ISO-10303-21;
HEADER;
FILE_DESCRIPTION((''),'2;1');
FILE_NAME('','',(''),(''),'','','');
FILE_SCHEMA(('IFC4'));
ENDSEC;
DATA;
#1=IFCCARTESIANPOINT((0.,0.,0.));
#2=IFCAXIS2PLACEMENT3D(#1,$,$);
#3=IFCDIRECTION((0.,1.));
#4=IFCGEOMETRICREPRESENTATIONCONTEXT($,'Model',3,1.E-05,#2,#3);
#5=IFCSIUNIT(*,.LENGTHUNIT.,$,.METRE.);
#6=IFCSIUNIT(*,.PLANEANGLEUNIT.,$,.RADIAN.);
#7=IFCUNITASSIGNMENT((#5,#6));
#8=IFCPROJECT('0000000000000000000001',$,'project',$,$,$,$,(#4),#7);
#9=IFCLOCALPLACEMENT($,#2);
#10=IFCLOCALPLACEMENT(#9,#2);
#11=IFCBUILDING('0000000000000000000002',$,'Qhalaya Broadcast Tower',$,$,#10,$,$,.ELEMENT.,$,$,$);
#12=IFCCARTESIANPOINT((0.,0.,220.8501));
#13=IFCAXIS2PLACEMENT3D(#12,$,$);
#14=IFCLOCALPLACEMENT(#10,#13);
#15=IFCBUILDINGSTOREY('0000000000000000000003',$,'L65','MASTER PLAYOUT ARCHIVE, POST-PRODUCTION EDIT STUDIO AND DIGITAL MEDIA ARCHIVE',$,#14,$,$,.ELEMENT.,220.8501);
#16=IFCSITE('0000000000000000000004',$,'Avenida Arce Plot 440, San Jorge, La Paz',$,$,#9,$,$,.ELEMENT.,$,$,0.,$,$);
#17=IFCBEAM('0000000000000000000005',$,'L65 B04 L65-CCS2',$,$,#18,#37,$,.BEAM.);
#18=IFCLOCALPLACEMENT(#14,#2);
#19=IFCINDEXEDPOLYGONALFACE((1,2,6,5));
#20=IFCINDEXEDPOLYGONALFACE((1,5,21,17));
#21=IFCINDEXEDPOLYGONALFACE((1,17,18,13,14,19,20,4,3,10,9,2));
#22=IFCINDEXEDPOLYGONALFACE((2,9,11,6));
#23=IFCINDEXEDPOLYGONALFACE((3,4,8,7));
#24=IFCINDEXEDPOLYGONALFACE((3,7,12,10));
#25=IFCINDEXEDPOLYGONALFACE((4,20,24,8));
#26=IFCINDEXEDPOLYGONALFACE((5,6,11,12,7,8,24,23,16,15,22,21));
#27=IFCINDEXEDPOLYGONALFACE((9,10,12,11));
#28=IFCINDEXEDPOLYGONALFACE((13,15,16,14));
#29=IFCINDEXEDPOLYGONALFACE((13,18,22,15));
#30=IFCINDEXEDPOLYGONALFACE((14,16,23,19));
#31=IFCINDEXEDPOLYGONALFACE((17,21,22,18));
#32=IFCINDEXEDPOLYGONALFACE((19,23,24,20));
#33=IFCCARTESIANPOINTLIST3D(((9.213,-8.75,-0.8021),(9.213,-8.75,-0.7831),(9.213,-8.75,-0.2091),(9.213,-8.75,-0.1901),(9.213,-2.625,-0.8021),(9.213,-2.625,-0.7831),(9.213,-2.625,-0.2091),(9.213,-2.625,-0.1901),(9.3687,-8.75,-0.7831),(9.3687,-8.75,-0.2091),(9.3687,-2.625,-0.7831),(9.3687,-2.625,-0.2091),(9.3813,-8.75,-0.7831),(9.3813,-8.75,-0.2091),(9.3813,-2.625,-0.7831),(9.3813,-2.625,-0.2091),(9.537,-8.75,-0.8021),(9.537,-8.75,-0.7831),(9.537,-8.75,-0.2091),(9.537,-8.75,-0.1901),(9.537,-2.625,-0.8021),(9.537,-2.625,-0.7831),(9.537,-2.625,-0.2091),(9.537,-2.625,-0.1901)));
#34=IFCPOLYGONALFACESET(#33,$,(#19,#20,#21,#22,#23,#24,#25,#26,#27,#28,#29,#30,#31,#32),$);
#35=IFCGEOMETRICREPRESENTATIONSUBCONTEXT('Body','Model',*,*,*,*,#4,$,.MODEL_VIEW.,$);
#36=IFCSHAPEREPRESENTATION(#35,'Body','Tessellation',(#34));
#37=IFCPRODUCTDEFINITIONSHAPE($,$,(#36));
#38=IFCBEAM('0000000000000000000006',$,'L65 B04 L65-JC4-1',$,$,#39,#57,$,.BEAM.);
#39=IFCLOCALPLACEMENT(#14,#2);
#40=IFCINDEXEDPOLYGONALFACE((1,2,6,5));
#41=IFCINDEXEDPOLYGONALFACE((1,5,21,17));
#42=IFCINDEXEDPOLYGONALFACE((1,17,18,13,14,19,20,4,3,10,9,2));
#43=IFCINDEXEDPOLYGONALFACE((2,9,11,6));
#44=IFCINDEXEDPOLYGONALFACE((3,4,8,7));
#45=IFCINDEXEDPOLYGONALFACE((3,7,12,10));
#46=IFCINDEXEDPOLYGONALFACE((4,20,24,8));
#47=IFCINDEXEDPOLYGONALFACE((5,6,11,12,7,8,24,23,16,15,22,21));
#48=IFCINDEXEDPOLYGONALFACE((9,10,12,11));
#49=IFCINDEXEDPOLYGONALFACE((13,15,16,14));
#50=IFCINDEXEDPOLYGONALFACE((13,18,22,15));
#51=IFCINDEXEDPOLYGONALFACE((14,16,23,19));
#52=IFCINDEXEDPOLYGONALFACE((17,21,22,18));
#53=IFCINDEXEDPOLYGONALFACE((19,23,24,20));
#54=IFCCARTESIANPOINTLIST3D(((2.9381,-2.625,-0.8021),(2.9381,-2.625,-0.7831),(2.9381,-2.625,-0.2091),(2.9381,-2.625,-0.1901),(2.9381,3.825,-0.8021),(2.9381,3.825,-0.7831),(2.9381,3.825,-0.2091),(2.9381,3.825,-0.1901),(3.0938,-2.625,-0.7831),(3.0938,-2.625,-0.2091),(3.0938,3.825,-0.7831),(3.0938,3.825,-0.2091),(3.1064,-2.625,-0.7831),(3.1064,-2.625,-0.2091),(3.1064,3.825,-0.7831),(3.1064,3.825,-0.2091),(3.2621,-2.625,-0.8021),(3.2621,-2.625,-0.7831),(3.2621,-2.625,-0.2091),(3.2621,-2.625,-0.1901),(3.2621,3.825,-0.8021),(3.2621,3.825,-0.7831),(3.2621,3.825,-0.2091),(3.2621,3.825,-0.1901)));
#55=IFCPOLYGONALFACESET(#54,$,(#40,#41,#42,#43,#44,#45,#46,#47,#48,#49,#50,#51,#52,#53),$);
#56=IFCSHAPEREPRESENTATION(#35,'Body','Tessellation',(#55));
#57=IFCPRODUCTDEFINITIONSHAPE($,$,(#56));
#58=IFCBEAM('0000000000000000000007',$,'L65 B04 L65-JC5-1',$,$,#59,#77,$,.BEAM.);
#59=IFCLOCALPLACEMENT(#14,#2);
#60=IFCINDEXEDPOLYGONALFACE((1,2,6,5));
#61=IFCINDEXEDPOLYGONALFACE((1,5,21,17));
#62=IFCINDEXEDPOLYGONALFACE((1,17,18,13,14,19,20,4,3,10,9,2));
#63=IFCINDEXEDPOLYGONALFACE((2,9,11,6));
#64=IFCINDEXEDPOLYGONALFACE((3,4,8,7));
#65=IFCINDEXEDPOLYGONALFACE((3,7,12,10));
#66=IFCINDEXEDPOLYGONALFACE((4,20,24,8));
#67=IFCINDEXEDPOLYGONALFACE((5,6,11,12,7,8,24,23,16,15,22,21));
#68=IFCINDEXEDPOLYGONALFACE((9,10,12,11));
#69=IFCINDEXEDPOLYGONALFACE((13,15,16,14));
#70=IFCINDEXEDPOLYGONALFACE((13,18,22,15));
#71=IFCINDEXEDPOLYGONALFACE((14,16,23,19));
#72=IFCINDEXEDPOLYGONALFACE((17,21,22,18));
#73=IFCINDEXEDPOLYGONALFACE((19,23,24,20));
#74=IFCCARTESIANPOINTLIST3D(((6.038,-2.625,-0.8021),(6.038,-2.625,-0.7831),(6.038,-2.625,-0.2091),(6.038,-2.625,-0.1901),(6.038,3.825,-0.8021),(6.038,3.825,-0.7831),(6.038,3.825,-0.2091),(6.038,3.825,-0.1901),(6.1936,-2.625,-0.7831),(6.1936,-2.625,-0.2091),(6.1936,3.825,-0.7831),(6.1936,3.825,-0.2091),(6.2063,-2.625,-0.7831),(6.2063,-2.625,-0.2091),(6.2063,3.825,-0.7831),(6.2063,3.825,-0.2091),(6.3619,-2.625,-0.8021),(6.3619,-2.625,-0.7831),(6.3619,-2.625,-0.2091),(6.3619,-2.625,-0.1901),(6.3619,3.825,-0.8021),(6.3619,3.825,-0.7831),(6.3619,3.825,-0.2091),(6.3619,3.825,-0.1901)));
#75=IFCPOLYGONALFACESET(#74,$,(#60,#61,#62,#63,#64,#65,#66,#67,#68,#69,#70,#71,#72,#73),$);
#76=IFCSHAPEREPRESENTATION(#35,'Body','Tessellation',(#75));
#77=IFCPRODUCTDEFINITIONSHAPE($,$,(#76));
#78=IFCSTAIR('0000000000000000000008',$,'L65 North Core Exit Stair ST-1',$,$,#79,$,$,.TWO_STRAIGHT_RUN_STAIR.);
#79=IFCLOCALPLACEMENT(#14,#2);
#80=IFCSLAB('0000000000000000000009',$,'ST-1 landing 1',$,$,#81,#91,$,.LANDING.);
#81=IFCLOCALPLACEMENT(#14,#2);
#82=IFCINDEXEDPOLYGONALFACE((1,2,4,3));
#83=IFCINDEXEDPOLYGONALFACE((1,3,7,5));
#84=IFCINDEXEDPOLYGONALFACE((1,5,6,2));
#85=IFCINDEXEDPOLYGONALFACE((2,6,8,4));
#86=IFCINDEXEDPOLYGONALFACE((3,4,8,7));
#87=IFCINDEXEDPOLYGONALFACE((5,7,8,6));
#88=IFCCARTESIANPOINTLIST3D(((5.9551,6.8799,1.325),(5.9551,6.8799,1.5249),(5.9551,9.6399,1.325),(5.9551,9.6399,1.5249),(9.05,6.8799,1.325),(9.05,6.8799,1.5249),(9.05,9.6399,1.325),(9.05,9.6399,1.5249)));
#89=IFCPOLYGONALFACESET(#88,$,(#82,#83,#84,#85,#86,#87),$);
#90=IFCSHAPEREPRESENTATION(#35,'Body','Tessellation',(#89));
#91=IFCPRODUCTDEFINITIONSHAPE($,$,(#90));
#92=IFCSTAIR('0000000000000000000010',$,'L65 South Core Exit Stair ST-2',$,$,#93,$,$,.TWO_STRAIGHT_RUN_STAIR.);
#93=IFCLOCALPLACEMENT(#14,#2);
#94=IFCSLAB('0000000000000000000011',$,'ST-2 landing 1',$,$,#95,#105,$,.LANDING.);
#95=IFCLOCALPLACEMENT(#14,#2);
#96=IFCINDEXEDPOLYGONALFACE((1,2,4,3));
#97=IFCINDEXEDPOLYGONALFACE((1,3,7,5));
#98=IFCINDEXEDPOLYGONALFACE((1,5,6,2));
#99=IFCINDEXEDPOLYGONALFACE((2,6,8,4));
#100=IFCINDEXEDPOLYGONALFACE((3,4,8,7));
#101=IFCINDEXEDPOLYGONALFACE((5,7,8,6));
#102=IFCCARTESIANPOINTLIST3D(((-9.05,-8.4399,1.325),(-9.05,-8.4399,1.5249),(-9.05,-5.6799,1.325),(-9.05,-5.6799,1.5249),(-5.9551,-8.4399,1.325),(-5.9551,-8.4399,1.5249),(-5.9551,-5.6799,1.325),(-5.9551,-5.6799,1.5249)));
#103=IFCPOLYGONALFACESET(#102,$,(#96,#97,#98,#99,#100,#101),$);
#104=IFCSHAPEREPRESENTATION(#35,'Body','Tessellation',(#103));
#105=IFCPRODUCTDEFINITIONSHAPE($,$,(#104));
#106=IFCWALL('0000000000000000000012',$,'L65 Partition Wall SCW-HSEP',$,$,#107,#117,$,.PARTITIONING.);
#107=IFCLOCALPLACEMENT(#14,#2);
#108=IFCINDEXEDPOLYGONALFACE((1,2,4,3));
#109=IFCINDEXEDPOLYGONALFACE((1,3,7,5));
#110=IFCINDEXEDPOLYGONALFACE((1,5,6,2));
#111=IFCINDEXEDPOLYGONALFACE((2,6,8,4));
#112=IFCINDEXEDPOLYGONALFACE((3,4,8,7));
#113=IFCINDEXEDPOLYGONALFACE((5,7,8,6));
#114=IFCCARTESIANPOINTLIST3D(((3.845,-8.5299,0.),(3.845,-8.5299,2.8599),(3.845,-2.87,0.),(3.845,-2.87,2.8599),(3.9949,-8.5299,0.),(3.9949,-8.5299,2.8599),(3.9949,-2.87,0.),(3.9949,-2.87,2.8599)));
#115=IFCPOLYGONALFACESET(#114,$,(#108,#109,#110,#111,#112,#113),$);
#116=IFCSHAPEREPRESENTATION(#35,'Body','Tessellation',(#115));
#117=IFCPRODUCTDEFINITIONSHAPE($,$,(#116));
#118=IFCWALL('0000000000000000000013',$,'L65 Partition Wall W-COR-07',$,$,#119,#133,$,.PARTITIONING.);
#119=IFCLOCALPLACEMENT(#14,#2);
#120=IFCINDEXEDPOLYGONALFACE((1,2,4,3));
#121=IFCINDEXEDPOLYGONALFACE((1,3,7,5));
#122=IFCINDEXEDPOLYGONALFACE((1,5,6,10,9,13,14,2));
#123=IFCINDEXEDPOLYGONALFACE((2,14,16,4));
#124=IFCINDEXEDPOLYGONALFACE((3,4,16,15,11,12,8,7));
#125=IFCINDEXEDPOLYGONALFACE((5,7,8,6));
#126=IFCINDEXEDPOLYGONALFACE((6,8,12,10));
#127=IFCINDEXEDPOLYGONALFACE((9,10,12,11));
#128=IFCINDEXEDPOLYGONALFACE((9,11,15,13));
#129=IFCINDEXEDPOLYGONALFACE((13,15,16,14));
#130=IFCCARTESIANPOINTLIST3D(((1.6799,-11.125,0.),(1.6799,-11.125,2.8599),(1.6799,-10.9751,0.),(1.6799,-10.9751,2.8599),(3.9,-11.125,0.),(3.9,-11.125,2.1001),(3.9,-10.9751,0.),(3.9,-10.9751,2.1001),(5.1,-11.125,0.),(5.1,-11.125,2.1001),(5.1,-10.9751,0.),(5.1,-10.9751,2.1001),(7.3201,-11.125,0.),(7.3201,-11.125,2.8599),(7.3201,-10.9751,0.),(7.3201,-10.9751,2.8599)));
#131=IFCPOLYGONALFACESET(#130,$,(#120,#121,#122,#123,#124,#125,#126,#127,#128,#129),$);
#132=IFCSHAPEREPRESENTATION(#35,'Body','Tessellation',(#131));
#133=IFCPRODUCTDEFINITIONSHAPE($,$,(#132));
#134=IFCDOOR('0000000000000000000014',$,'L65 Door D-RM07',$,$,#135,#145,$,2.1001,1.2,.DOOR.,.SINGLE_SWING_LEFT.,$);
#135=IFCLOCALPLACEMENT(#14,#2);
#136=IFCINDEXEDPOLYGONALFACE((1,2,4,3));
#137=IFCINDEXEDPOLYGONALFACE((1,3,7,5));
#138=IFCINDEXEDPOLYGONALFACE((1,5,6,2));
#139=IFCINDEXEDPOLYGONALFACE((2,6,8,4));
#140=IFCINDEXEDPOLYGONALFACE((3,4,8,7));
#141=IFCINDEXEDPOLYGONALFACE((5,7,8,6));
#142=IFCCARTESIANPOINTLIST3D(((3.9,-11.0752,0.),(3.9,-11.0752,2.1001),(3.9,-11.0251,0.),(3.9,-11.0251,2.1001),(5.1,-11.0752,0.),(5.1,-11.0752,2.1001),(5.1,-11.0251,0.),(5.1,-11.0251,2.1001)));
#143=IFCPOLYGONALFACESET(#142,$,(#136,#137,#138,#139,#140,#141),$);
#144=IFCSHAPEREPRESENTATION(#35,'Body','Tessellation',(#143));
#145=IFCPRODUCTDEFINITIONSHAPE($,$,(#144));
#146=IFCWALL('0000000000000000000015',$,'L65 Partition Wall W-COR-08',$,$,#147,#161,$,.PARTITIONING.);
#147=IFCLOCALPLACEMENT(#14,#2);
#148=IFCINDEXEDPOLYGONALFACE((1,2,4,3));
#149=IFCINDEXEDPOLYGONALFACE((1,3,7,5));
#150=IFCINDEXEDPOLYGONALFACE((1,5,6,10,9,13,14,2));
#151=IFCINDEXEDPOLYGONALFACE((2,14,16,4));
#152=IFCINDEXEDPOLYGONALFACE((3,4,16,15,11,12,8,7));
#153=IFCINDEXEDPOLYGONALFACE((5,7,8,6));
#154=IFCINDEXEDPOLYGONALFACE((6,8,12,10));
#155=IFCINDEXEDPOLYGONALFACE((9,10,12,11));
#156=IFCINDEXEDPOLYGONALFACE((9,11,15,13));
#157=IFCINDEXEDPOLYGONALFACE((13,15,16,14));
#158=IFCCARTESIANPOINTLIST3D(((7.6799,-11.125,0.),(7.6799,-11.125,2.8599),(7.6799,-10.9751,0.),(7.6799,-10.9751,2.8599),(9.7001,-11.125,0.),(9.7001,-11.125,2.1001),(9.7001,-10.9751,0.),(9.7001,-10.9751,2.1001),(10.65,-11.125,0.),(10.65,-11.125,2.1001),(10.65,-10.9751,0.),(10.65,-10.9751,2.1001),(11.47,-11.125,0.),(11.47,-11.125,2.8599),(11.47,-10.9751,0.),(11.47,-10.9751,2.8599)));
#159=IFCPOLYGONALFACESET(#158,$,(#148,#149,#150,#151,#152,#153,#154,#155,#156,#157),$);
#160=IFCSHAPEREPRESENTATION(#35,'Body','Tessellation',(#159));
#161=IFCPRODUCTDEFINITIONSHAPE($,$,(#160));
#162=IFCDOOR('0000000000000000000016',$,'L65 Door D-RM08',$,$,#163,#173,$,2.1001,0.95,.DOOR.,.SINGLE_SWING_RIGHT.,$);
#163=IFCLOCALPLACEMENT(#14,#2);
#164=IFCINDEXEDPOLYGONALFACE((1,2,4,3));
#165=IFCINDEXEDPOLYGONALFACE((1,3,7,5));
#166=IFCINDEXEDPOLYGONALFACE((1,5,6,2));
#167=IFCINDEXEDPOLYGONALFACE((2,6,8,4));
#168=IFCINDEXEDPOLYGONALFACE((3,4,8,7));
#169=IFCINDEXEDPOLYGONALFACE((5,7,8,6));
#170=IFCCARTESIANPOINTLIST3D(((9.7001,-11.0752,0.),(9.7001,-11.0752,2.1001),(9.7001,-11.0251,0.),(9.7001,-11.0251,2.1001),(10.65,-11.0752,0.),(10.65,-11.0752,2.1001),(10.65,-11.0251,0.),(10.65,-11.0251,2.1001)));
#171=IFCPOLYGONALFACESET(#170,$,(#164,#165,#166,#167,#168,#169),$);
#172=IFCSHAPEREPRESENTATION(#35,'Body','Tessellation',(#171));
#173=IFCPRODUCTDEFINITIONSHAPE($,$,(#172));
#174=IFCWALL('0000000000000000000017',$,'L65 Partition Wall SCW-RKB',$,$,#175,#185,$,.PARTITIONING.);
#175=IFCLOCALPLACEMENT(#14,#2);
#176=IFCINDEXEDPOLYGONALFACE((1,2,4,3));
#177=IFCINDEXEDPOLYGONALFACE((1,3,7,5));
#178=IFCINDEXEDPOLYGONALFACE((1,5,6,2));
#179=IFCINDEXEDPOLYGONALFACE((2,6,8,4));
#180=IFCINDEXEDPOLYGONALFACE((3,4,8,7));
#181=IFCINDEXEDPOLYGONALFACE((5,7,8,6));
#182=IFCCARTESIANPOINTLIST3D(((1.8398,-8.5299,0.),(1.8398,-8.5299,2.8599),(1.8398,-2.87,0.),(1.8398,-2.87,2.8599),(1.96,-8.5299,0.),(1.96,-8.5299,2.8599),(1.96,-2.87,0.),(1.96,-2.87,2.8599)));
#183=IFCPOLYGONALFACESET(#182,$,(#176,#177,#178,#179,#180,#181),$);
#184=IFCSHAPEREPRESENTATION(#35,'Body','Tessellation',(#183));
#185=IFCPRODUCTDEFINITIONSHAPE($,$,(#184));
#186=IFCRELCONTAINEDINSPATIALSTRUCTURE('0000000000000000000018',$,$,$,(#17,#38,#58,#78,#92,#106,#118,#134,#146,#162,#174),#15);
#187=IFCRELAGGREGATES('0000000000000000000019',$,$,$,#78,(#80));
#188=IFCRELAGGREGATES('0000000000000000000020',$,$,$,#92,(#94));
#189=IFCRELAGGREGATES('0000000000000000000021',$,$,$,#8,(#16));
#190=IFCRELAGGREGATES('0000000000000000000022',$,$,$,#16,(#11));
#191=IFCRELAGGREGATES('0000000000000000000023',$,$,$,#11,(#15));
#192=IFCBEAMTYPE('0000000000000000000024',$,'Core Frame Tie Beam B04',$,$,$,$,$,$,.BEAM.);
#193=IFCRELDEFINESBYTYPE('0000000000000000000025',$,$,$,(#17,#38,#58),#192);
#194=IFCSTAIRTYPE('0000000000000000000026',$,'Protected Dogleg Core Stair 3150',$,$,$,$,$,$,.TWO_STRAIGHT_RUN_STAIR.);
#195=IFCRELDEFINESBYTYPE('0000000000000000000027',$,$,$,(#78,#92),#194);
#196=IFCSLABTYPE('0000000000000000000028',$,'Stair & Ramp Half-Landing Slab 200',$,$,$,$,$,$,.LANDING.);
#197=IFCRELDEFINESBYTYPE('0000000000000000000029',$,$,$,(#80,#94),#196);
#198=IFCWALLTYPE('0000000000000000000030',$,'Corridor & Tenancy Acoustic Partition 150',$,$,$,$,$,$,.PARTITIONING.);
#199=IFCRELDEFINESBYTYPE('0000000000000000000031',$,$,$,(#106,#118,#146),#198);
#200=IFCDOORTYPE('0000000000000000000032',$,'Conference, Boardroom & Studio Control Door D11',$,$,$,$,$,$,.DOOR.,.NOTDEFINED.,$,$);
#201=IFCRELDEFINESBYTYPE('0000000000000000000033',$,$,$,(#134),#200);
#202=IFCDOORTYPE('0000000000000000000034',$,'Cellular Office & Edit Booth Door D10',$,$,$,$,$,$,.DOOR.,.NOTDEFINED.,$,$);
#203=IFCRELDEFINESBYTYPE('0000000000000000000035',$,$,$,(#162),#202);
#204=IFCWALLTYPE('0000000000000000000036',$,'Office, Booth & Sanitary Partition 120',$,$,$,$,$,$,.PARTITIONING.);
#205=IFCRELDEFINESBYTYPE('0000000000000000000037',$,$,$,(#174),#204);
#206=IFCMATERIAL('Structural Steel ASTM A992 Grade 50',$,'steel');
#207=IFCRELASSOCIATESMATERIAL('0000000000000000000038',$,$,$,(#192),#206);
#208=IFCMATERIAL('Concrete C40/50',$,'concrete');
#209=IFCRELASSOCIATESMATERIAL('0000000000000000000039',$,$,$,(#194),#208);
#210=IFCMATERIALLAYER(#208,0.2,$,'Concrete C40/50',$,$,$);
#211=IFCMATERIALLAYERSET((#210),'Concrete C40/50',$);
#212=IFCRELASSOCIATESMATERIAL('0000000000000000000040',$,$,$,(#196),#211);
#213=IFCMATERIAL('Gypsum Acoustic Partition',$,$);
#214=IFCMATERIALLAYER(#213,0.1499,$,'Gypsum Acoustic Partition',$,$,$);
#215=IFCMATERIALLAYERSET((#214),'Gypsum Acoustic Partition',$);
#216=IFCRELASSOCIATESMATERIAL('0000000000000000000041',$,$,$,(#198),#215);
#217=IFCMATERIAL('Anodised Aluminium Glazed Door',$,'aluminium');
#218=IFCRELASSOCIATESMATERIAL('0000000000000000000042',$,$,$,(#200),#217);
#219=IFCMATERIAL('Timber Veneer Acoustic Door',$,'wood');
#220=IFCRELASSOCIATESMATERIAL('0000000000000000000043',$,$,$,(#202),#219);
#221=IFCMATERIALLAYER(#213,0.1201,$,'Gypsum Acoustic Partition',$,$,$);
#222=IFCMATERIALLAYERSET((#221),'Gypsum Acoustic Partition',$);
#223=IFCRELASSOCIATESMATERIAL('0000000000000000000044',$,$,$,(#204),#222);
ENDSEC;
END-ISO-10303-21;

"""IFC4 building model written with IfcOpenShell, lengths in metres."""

from ifc_helpers import new_model, si_unit, direction, frame, frame_2d, origin, origin_2d, place, context, subcontext, project, spatial, polyline, rectangle, i_section, outline, extrude, material, layer, layer_set, material_profile, profile_set, type_object, element, fill, aggregate, save


model = new_model("IFC4")

# Units and contexts
model_context = context("Model", 3, precision=1e-05, world=origin(), true_north=direction((0.0, 1.0)))
body_context = subcontext(model_context, "Body", "Model", "MODEL_VIEW")
ifc_project = project(units=[si_unit("LENGTHUNIT", "METRE"), si_unit("PLANEANGLEUNIT", "RADIAN")], contexts=[model_context])

# Site, building, storey
site_placement = place(None, origin())
site = spatial("IfcSite", under=ifc_project, at=site_placement, Name="Avenida Arce Plot 440, San Jorge, La Paz", CompositionType="ELEMENT", RefElevation=0.0)
building_placement = place(site_placement, origin())
building = spatial("IfcBuilding", under=site, at=building_placement, Name="Qhalaya Broadcast Tower", CompositionType="ELEMENT")
storey_placement = place(building_placement, frame((0.0, 0.0, 220.8501)))
storey = spatial("IfcBuildingStorey", under=building, at=storey_placement, Name="L65", Description="MASTER PLAYOUT ARCHIVE, POST-PRODUCTION EDIT STUDIO AND DIGITAL MEDIA ARCHIVE", CompositionType="ELEMENT", Elevation=220.8501)

# Beams
ifc_material_1 = material(Name="Structural Steel ASTM A992 Grade 50", Category="steel")
ifc_material_profile = material_profile(ifc_material_1, i_section(OverallWidth=0.324, OverallDepth=0.6121, WebThickness=0.0127, FlangeThickness=0.019, at=origin_2d()), Name="W24X104")
ifc_profile_set = profile_set([ifc_material_profile], Name="Structural Steel ASTM A992 Grade 50")
beam_type = type_object("IfcBeamType", Name="Core Frame Tie Beam B04", PredefinedType="BEAM", material=ifc_profile_set)
beam_placement = place(storey_placement, frame((9.375, -8.75, -0.4961), z_axis=(0.0, 1.0, 0.0), x_axis=(-1.0, 0.0, 0.0)))
element("IfcBeam", 1, at=beam_placement, inside=storey, type_object=beam_type, Name="L65 B04 L65-CCS2", PredefinedType="BEAM", context=body_context, shape_type="SweptSolid", body=[
    extrude(i_section(OverallWidth=0.324, OverallDepth=0.6121, WebThickness=0.0127, FlangeThickness=0.019, at=origin_2d()), origin(), (0.0, 0.0, 1.0), 6.125),
])
for number, where, z_axis, x_axis, name in (
    (2, (3.1001, -2.625, -0.4961), (0.0, 1.0, 0.0), (-1.0, 0.0, 0.0), "L65 B04 L65-JC4-1"),
    (3, (6.2, -2.625, -0.4961), (0.0, 1.0, 0.0), (-1.0, 0.0, 0.0), "L65 B04 L65-JC5-1"),
):
    element("IfcBeam", number, at=place(storey_placement, frame(where, z_axis=z_axis, x_axis=x_axis)), inside=storey, type_object=beam_type, Name=name, PredefinedType="BEAM", context=body_context, shape_type="SweptSolid", body=[
        extrude(i_section(OverallWidth=0.324, OverallDepth=0.6121, WebThickness=0.0127, FlangeThickness=0.019, at=origin_2d()), origin(), (0.0, 0.0, 1.0), 6.45),
    ])

# Stairs, slabs
ifc_material_2 = material(Name="Concrete C40/50", Category="concrete")
stair_type = type_object("IfcStairType", Name="Protected Dogleg Core Stair 3150", PredefinedType="TWO_STRAIGHT_RUN_STAIR", material=ifc_material_2)
stair_1_placement = place(storey_placement, origin())
stair_1 = element("IfcStair", 4, at=stair_1_placement, inside=storey, type_object=stair_type, Name="L65 North Core Exit Stair ST-1", PredefinedType="TWO_STRAIGHT_RUN_STAIR")
ifc_layer_1 = layer(ifc_material_2, 0.2, Name="Concrete C40/50")
ifc_layer_set_1 = layer_set([ifc_layer_1], Name="Concrete C40/50")
slab_type = type_object("IfcSlabType", Name="Stair & Ramp Half-Landing Slab 200", PredefinedType="LANDING", material=ifc_layer_set_1)
slab_1_placement = place(storey_placement, frame((0.0, 0.0, 1.325)))
slab_1 = element("IfcSlab", 5, at=slab_1_placement, type_object=slab_type, Name="ST-1 landing 1", PredefinedType="LANDING", context=body_context, shape_type="SweptSolid", body=[
    extrude(outline(polyline([(5.9551, 6.8799), (9.05, 6.8799), (9.05, 9.6399), (5.9551, 9.6399), (5.9551, 6.8799)])), origin(), (0.0, 0.0, 1.0), 0.2),
])
aggregate(stair_1, [slab_1])
stair_2_placement = place(storey_placement, origin())
stair_2 = element("IfcStair", 6, at=stair_2_placement, inside=storey, type_object=stair_type, Name="L65 South Core Exit Stair ST-2", PredefinedType="TWO_STRAIGHT_RUN_STAIR")
slab_2_placement = place(storey_placement, frame((0.0, 0.0, 1.325)))
slab_2 = element("IfcSlab", 7, at=slab_2_placement, type_object=slab_type, Name="ST-2 landing 1", PredefinedType="LANDING", context=body_context, shape_type="SweptSolid", body=[
    extrude(outline(polyline([(-5.9551, -5.6799), (-9.05, -5.6799), (-9.05, -8.4399), (-5.9551, -8.4399), (-5.9551, -5.6799)])), origin(), (0.0, 0.0, 1.0), 0.2),
])
aggregate(stair_2, [slab_2])

# Wall
ifc_material_3 = material(Name="Gypsum Acoustic Partition")
ifc_layer_2 = layer(ifc_material_3, 0.1499, Name="Gypsum Acoustic Partition")
ifc_layer_set_2 = layer_set([ifc_layer_2], Name="Gypsum Acoustic Partition")
wall_type_1 = type_object("IfcWallType", Name="Corridor & Tenancy Acoustic Partition 150", PredefinedType="PARTITIONING", material=ifc_layer_set_2)
wall_1_placement = place(storey_placement, frame((3.9199, -8.53, 0.0), z_axis=(0.0, 0.0, 1.0), x_axis=(0.0, 1.0, 0.0)))
element("IfcWall", 8, at=wall_1_placement, inside=storey, type_object=wall_type_1, Name="L65 Partition Wall SCW-HSEP", PredefinedType="PARTITIONING", context=body_context, shape_type="SweptSolid", body=[
    extrude(rectangle(XDim=5.6599, YDim=0.1499, at=frame_2d((2.8301, 0.0))), origin(), (0.0, 0.0, 1.0), 2.8599),
])

# Walls, openings, doors
wall_2_placement = place(storey_placement, frame((1.6799, -11.05, 0.0), z_axis=(0.0, 0.0, 1.0), x_axis=(1.0, 0.0, 0.0)))
wall_2 = element("IfcWall", 9, at=wall_2_placement, inside=storey, type_object=wall_type_1, Name="L65 Partition Wall W-COR-07", PredefinedType="PARTITIONING", context=body_context, shape_type="SweptSolid", body=[
    extrude(rectangle(XDim=5.6401, YDim=0.1499, at=frame_2d((2.8201, 0.0))), origin(), (0.0, 0.0, 1.0), 2.8599),
])
opening_1_placement = place(wall_2_placement, frame((2.22, 0.0, 0.0)))
opening_1 = element("IfcOpeningElement", 10, at=opening_1_placement, cuts=wall_2, PredefinedType="OPENING", context=body_context, shape_type="SweptSolid", body=[
    extrude(rectangle(XDim=1.2, YDim=2.1001, at=frame_2d((0.6001, 1.05))), frame((0.0, 0.0869, 0.0), z_axis=(0.0, -1.0, 0.0), x_axis=(1.0, 0.0, 0.0)), (0.0, 0.0, 1.0), 0.1738),
])
ifc_material_4 = material(Name="Anodised Aluminium Glazed Door", Category="aluminium")
door_type_1 = type_object("IfcDoorType", Name="Conference, Boardroom & Studio Control Door D11", OperationType="NOTDEFINED", PredefinedType="DOOR", material=ifc_material_4)
door_1_placement = place(opening_1_placement, origin())
door_1 = element("IfcDoor", 11, at=door_1_placement, inside=storey, type_object=door_type_1, Name="L65 Door D-RM07", OperationType="SINGLE_SWING_LEFT", OverallHeight=2.1001, OverallWidth=1.2, PredefinedType="DOOR", context=body_context, shape_type="SweptSolid", body=[
    extrude(rectangle(XDim=1.2, YDim=2.1001, at=frame_2d((0.6001, 1.05))), frame((0.0, 0.0249, 0.0), z_axis=(0.0, -1.0, 0.0), x_axis=(1.0, 0.0, 0.0)), (0.0, 0.0, 1.0), 0.05),
])
fill(opening_1, door_1)
wall_3_placement = place(storey_placement, frame((7.6799, -11.05, 0.0), z_axis=(0.0, 0.0, 1.0), x_axis=(1.0, 0.0, 0.0)))
wall_3 = element("IfcWall", 12, at=wall_3_placement, inside=storey, type_object=wall_type_1, Name="L65 Partition Wall W-COR-08", PredefinedType="PARTITIONING", context=body_context, shape_type="SweptSolid", body=[
    extrude(rectangle(XDim=3.79, YDim=0.1499, at=frame_2d((1.895, 0.0))), origin(), (0.0, 0.0, 1.0), 2.8599),
])
opening_2_placement = place(wall_3_placement, frame((2.02, 0.0, 0.0)))
opening_2 = element("IfcOpeningElement", 13, at=opening_2_placement, cuts=wall_3, PredefinedType="OPENING", context=body_context, shape_type="SweptSolid", body=[
    extrude(rectangle(XDim=0.95, YDim=2.1001, at=frame_2d((0.4751, 1.05))), frame((0.0, 0.0869, 0.0), z_axis=(0.0, -1.0, 0.0), x_axis=(1.0, 0.0, 0.0)), (0.0, 0.0, 1.0), 0.1738),
])
ifc_material_5 = material(Name="Timber Veneer Acoustic Door", Category="wood")
door_type_2 = type_object("IfcDoorType", Name="Cellular Office & Edit Booth Door D10", OperationType="NOTDEFINED", PredefinedType="DOOR", material=ifc_material_5)
door_2_placement = place(opening_2_placement, origin())
door_2 = element("IfcDoor", 14, at=door_2_placement, inside=storey, type_object=door_type_2, Name="L65 Door D-RM08", OperationType="SINGLE_SWING_RIGHT", OverallHeight=2.1001, OverallWidth=0.95, PredefinedType="DOOR", context=body_context, shape_type="SweptSolid", body=[
    extrude(rectangle(XDim=0.95, YDim=2.1001, at=frame_2d((0.4751, 1.05))), frame((0.0, 0.0249, 0.0), z_axis=(0.0, -1.0, 0.0), x_axis=(1.0, 0.0, 0.0)), (0.0, 0.0, 1.0), 0.05),
])
fill(opening_2, door_2)

# Wall
ifc_layer_3 = layer(ifc_material_3, 0.1201, Name="Gypsum Acoustic Partition")
ifc_layer_set_3 = layer_set([ifc_layer_3], Name="Gypsum Acoustic Partition")
wall_type_2 = type_object("IfcWallType", Name="Office, Booth & Sanitary Partition 120", PredefinedType="PARTITIONING", material=ifc_layer_set_3)
wall_4_placement = place(storey_placement, frame((1.8999, -8.53, 0.0), z_axis=(0.0, 0.0, 1.0), x_axis=(0.0, 1.0, 0.0)))
element("IfcWall", 15, at=wall_4_placement, inside=storey, type_object=wall_type_2, Name="L65 Partition Wall SCW-RKB", PredefinedType="PARTITIONING", context=body_context, shape_type="SweptSolid", body=[
    extrude(rectangle(XDim=5.6599, YDim=0.1201, at=frame_2d((2.8301, 0.0))), origin(), (0.0, 0.0, 1.0), 2.8599),
])

save(model, "model.ifc")
